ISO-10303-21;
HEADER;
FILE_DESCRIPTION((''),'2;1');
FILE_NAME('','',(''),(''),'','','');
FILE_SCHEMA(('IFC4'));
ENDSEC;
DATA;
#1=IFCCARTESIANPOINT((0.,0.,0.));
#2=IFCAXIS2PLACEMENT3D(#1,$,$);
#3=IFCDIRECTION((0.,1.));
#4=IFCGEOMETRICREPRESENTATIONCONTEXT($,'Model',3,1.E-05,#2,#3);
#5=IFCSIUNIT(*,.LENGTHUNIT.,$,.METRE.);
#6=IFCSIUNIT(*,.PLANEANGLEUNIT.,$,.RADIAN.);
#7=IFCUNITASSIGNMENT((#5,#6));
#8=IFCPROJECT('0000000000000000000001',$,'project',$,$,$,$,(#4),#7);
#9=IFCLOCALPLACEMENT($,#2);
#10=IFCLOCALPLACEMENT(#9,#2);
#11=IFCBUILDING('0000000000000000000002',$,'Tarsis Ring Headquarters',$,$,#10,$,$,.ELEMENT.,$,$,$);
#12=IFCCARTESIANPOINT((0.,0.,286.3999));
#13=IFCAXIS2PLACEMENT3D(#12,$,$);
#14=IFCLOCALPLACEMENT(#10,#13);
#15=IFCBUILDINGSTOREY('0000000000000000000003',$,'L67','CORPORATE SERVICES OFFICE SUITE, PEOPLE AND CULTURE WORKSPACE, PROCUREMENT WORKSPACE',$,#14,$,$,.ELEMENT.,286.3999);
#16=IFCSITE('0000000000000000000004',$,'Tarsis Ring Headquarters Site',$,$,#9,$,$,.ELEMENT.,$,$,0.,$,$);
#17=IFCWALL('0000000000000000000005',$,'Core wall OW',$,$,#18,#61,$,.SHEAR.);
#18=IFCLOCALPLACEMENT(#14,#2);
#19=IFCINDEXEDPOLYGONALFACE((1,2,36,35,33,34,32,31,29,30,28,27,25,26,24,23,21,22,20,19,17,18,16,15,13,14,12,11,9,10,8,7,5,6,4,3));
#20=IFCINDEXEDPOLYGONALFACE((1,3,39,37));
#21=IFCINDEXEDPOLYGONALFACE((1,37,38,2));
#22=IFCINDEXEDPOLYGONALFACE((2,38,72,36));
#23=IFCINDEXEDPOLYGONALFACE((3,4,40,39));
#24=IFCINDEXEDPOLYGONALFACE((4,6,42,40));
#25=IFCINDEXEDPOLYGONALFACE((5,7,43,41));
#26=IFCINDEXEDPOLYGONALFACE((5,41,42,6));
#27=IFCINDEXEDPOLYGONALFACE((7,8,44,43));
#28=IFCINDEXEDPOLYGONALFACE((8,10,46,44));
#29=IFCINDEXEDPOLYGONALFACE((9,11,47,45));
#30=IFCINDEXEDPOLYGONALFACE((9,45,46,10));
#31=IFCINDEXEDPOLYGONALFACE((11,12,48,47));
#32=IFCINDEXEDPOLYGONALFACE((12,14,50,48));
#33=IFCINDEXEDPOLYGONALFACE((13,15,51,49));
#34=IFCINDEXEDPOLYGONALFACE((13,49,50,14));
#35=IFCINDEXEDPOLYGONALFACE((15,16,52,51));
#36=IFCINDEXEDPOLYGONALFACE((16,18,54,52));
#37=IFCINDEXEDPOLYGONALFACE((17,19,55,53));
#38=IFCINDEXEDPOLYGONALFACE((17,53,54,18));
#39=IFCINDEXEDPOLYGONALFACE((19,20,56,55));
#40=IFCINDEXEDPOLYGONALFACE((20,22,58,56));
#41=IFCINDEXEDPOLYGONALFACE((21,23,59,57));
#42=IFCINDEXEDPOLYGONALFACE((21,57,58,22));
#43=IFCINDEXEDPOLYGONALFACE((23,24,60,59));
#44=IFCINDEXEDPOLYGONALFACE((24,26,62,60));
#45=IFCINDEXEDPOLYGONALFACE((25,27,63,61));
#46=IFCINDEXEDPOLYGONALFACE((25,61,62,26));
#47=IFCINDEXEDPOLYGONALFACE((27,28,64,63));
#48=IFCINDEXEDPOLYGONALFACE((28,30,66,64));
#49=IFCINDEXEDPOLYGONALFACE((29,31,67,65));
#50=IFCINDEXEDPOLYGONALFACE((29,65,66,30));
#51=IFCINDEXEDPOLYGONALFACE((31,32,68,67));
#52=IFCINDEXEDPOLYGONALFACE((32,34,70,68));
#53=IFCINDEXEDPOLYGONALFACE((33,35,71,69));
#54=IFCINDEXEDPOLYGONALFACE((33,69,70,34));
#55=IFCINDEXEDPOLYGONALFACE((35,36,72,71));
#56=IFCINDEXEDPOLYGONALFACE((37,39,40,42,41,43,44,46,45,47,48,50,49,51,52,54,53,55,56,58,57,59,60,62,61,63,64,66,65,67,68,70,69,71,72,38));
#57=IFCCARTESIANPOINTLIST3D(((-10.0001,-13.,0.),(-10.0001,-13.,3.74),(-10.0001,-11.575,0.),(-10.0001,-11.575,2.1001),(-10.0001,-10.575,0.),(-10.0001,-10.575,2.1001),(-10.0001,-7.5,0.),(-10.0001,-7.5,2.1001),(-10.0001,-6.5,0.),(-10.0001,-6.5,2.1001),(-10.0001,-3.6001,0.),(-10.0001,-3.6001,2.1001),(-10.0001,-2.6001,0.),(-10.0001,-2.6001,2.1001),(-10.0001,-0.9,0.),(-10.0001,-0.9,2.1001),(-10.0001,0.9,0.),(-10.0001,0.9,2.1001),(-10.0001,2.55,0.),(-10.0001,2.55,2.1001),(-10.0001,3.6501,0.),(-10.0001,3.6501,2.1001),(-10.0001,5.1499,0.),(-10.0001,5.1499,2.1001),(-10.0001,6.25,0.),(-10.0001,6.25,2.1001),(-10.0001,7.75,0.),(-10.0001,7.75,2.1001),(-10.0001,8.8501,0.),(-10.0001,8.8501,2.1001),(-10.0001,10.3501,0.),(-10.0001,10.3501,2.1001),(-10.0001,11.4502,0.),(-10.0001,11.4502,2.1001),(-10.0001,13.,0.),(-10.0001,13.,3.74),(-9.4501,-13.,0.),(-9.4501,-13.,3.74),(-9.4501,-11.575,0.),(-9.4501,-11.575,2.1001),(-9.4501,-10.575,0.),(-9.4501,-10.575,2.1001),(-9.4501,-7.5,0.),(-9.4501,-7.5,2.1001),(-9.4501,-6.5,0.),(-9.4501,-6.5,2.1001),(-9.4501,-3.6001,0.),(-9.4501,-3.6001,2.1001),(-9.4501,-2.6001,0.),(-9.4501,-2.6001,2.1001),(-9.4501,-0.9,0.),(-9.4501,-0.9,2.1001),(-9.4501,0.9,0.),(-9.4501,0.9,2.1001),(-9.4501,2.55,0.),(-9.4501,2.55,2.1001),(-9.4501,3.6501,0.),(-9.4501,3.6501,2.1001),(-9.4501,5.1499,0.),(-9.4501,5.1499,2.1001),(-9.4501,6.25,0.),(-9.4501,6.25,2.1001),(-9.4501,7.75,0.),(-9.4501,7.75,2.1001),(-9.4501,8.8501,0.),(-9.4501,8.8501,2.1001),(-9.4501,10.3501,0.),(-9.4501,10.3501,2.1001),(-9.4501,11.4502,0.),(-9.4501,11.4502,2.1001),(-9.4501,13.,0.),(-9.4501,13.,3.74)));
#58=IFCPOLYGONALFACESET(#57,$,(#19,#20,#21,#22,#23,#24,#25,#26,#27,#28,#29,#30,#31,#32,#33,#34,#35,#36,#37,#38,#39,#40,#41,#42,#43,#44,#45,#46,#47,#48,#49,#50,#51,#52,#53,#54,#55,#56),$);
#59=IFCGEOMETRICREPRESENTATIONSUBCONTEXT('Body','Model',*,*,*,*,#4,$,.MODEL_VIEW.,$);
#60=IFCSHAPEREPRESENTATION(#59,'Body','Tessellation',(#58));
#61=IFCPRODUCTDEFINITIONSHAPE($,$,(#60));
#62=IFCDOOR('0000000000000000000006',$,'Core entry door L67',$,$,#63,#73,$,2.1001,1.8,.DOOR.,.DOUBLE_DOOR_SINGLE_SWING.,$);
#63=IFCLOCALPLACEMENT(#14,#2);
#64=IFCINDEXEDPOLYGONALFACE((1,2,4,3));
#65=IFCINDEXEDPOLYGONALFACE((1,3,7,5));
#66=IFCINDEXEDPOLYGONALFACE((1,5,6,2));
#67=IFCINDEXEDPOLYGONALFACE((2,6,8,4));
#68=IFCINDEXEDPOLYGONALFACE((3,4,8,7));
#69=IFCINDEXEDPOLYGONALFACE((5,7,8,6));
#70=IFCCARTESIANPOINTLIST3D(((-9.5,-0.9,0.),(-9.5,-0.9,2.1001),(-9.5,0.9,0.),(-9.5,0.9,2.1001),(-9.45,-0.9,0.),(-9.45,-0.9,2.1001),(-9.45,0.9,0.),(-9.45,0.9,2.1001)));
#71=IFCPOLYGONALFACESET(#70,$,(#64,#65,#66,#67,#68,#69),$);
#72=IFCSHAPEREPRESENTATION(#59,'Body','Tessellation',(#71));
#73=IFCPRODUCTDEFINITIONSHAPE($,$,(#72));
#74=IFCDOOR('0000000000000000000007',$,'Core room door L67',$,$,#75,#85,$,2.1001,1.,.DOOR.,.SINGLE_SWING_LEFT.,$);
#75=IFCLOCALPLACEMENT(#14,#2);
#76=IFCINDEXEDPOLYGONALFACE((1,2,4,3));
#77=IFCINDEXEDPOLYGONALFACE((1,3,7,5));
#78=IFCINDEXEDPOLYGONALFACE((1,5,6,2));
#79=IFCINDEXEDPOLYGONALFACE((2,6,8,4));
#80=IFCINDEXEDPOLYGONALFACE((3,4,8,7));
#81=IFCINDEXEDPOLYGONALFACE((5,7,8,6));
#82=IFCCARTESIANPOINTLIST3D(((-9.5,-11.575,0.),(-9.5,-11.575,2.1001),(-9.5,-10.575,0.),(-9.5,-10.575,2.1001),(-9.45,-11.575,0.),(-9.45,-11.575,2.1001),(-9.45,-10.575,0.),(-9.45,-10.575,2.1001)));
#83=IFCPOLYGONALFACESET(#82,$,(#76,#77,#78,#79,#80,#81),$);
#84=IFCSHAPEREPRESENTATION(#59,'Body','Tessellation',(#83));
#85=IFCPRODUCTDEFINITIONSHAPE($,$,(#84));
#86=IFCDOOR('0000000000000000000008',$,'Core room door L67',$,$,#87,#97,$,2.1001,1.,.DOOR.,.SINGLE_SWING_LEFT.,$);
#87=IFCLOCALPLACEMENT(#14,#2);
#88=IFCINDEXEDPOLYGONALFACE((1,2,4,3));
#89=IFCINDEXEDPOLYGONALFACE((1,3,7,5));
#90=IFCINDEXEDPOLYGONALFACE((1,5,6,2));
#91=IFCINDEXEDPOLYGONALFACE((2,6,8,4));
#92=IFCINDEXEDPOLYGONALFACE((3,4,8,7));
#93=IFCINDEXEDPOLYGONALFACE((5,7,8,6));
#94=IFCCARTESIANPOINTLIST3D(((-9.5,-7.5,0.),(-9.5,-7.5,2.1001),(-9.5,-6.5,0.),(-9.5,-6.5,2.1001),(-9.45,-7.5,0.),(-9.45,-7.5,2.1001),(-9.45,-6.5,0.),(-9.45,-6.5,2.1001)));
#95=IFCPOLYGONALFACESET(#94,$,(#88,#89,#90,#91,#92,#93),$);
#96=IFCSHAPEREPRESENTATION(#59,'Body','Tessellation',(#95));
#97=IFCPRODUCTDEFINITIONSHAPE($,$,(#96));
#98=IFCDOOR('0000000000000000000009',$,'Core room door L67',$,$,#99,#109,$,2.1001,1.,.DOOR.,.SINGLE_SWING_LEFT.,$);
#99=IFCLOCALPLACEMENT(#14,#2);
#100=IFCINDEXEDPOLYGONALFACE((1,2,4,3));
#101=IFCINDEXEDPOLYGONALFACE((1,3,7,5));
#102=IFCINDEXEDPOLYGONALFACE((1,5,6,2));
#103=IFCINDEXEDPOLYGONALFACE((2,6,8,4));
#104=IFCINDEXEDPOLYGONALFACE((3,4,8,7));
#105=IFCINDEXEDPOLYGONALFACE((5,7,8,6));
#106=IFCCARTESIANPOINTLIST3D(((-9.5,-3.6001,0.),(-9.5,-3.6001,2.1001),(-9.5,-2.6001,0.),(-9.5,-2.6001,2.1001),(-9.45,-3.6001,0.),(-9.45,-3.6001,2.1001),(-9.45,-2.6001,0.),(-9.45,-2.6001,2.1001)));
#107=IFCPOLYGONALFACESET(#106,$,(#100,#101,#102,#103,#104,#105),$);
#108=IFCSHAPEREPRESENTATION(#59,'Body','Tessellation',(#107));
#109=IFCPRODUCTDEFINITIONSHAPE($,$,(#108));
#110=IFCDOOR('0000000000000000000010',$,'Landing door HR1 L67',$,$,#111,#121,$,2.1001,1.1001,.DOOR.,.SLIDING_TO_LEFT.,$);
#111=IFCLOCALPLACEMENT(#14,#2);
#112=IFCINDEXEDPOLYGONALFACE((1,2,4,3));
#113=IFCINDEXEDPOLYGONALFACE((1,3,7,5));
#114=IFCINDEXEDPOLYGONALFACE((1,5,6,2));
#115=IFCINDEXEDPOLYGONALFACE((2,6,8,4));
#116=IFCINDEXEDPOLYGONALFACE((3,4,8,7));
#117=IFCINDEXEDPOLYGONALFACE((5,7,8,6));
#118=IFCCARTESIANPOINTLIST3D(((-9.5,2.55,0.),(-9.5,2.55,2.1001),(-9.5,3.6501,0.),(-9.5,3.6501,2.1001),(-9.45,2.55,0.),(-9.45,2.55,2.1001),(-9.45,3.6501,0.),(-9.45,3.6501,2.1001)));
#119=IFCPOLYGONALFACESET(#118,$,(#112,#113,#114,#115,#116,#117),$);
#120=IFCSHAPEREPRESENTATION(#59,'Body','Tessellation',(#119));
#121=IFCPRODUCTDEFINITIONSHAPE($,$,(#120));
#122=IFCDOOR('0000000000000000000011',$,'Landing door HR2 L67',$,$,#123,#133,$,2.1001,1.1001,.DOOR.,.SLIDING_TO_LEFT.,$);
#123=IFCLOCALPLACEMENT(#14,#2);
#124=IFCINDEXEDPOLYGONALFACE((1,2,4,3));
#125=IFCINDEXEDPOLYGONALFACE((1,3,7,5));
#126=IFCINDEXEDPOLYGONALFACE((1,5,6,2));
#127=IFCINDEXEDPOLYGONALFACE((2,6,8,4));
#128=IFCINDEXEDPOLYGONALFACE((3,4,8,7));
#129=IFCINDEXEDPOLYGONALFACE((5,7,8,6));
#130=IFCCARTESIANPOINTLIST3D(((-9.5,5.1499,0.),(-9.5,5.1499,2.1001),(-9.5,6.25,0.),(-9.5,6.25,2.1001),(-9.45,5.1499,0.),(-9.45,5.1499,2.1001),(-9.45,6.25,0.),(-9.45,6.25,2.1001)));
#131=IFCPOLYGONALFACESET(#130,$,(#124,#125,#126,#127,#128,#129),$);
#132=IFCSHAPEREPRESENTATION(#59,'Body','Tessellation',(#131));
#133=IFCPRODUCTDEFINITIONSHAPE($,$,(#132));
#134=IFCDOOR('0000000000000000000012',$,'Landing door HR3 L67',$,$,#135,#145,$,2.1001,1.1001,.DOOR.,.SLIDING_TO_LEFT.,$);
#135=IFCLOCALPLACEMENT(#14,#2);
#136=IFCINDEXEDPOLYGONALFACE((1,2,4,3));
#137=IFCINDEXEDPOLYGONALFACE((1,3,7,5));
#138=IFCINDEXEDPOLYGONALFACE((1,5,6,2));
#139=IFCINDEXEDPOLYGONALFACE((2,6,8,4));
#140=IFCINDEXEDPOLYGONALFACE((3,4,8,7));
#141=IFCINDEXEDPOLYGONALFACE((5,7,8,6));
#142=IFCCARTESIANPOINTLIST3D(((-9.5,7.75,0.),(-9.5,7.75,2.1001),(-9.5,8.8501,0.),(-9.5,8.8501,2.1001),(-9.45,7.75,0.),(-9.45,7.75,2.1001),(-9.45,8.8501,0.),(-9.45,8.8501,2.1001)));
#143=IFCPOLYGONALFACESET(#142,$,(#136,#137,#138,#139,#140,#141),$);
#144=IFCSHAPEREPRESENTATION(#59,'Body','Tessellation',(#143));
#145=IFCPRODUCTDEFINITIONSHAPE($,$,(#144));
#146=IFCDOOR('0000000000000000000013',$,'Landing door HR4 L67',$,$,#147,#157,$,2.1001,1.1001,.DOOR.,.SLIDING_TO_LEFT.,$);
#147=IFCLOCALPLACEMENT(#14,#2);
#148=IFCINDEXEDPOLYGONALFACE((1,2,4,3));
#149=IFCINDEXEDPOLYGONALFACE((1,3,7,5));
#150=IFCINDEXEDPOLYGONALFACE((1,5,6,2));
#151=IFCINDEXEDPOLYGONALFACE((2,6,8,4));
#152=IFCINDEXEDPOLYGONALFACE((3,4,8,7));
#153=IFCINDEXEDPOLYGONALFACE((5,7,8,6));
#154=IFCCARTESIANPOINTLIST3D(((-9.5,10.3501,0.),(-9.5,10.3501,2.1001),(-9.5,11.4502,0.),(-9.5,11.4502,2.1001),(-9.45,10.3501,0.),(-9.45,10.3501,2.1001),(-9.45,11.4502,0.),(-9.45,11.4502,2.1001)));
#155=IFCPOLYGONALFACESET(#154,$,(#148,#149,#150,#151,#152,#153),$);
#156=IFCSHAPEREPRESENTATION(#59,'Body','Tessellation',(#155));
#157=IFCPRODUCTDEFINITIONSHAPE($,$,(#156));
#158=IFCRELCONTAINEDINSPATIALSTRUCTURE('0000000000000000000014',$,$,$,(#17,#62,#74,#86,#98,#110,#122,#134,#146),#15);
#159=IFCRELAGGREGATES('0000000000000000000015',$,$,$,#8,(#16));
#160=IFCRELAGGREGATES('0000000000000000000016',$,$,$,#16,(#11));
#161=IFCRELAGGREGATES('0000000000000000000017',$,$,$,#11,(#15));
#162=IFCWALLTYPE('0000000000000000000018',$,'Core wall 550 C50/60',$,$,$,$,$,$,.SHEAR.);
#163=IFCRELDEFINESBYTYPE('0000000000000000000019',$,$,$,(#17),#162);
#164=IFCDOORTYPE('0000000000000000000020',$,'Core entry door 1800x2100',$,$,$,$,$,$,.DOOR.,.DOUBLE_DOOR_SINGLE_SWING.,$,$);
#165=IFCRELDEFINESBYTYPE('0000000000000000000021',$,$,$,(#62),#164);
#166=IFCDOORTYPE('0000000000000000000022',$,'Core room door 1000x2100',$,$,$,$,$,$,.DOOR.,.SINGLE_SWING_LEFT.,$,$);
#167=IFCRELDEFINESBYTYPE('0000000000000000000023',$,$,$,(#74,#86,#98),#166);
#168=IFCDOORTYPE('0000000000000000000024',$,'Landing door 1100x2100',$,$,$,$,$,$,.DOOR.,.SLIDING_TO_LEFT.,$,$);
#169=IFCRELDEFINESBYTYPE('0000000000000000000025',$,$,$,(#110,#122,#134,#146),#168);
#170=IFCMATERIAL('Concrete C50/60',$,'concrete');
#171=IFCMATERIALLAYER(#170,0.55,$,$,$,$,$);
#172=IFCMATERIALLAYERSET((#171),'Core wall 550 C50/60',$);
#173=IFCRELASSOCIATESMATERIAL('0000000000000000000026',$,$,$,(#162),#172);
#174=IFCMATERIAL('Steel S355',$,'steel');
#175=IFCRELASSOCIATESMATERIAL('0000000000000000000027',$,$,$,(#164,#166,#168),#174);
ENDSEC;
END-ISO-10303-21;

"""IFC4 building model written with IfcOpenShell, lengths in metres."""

from ifc_helpers import new_model, si_unit, direction, frame, frame_2d, origin, place, context, subcontext, project, spatial, rectangle, extrude, material, layer, layer_set, type_object, element, fill, save


model = new_model("IFC4")

# Units and contexts
model_context = context("Model", 3, precision=1e-05, world=origin(), true_north=direction((0.0, 1.0)))
body_context = subcontext(model_context, "Body", "Model", "MODEL_VIEW")
ifc_project = project(units=[si_unit("LENGTHUNIT", "METRE"), si_unit("PLANEANGLEUNIT", "RADIAN")], contexts=[model_context])

# Site, building, storey
site_placement = place(None, origin())
site = spatial("IfcSite", under=ifc_project, at=site_placement, Name="Tarsis Ring Headquarters Site", CompositionType="ELEMENT", RefElevation=0.0)
building_placement = place(site_placement, origin())
building = spatial("IfcBuilding", under=site, at=building_placement, Name="Tarsis Ring Headquarters", CompositionType="ELEMENT")
storey_placement = place(building_placement, frame((0.0, 0.0, 286.3999)))
storey = spatial("IfcBuildingStorey", under=building, at=storey_placement, Name="L67", Description="CORPORATE SERVICES OFFICE SUITE, PEOPLE AND CULTURE WORKSPACE, PROCUREMENT WORKSPACE", CompositionType="ELEMENT", Elevation=286.3999)

# Wall, openings, doors
ifc_material_1 = material(Name="Concrete C50/60", Category="concrete")
ifc_layer_1 = layer(ifc_material_1, 0.55)
ifc_layer_set_1 = layer_set([ifc_layer_1], Name="Core wall 550 C50/60")
wall_type_1 = type_object("IfcWallType", Name="Core wall 550 C50/60", PredefinedType="SHEAR", material=ifc_layer_set_1)
wall_1_placement = place(storey_placement, frame((-9.7251, -13.0, 0.0), z_axis=(0.0, 0.0, 1.0), x_axis=(0.0, 1.0, 0.0)))
wall_1 = element("IfcWall", 1, at=wall_1_placement, inside=storey, type_object=wall_type_1, Name="Core wall OW", PredefinedType="SHEAR", context=body_context, shape_type="SweptSolid", body=[
    extrude(rectangle(XDim=26.0, YDim=0.55, at=frame_2d((13.0, 0.0))), origin(), (0.0, 0.0, 1.0), 3.74),
])
opening_1_placement = place(wall_1_placement, frame((1.425, 0.0, 0.0)))
opening_1 = element("IfcOpeningElement", 2, at=opening_1_placement, cuts=wall_1, PredefinedType="OPENING", context=body_context, shape_type="SweptSolid", body=[
    extrude(rectangle(XDim=1.0, YDim=2.1001, at=frame_2d((0.5, 1.05))), frame((0.0, 0.2849, 0.0), z_axis=(0.0, -1.0, 0.0), x_axis=(1.0, 0.0, 0.0)), (0.0, 0.0, 1.0), 0.5701),
])
opening_2_placement = place(wall_1_placement, frame((5.5, 0.0, 0.0)))
opening_2 = element("IfcOpeningElement", 3, at=opening_2_placement, cuts=wall_1, PredefinedType="OPENING", context=body_context, shape_type="SweptSolid", body=[
    extrude(rectangle(XDim=1.0, YDim=2.1001, at=frame_2d((0.5, 1.05))), frame((0.0, 0.2849, 0.0), z_axis=(0.0, -1.0, 0.0), x_axis=(1.0, 0.0, 0.0)), (0.0, 0.0, 1.0), 0.5701),
])
opening_3_placement = place(wall_1_placement, frame((9.3999, 0.0, 0.0)))
opening_3 = element("IfcOpeningElement", 4, at=opening_3_placement, cuts=wall_1, PredefinedType="OPENING", context=body_context, shape_type="SweptSolid", body=[
    extrude(rectangle(XDim=1.0, YDim=2.1001, at=frame_2d((0.5, 1.05))), frame((0.0, 0.2849, 0.0), z_axis=(0.0, -1.0, 0.0), x_axis=(1.0, 0.0, 0.0)), (0.0, 0.0, 1.0), 0.5701),
])
opening_4_placement = place(wall_1_placement, frame((12.1001, 0.0, 0.0)))
opening_4 = element("IfcOpeningElement", 5, at=opening_4_placement, cuts=wall_1, PredefinedType="OPENING", context=body_context, shape_type="SweptSolid", body=[
    extrude(rectangle(XDim=1.8, YDim=2.1001, at=frame_2d((0.8999, 1.05))), frame((0.0, 0.2849, 0.0), z_axis=(0.0, -1.0, 0.0), x_axis=(1.0, 0.0, 0.0)), (0.0, 0.0, 1.0), 0.5701),
])
opening_5_placement = place(wall_1_placement, frame((15.55, 0.0, 0.0)))
opening_5 = element("IfcOpeningElement", 6, at=opening_5_placement, cuts=wall_1, PredefinedType="OPENING", context=body_context, shape_type="SweptSolid", body=[
    extrude(rectangle(XDim=1.1001, YDim=2.1001, at=frame_2d((0.55, 1.05))), frame((0.0, 0.2849, 0.0), z_axis=(0.0, -1.0, 0.0), x_axis=(1.0, 0.0, 0.0)), (0.0, 0.0, 1.0), 0.5701),
])
opening_6_placement = place(wall_1_placement, frame((18.1499, 0.0, 0.0)))
opening_6 = element("IfcOpeningElement", 7, at=opening_6_placement, cuts=wall_1, PredefinedType="OPENING", context=body_context, shape_type="SweptSolid", body=[
    extrude(rectangle(XDim=1.1001, YDim=2.1001, at=frame_2d((0.55, 1.05))), frame((0.0, 0.2849, 0.0), z_axis=(0.0, -1.0, 0.0), x_axis=(1.0, 0.0, 0.0)), (0.0, 0.0, 1.0), 0.5701),
])
opening_7_placement = place(wall_1_placement, frame((20.75, 0.0, 0.0)))
opening_7 = element("IfcOpeningElement", 8, at=opening_7_placement, cuts=wall_1, PredefinedType="OPENING", context=body_context, shape_type="SweptSolid", body=[
    extrude(rectangle(XDim=1.1001, YDim=2.1001, at=frame_2d((0.55, 1.05))), frame((0.0, 0.2849, 0.0), z_axis=(0.0, -1.0, 0.0), x_axis=(1.0, 0.0, 0.0)), (0.0, 0.0, 1.0), 0.5701),
])
opening_8_placement = place(wall_1_placement, frame((23.3501, 0.0, 0.0)))
opening_8 = element("IfcOpeningElement", 9, at=opening_8_placement, cuts=wall_1, PredefinedType="OPENING", context=body_context, shape_type="SweptSolid", body=[
    extrude(rectangle(XDim=1.1001, YDim=2.1001, at=frame_2d((0.55, 1.05))), frame((0.0, 0.2849, 0.0), z_axis=(0.0, -1.0, 0.0), x_axis=(1.0, 0.0, 0.0)), (0.0, 0.0, 1.0), 0.5701),
])
ifc_material_2 = material(Name="Steel S355", Category="steel")
door_type_1 = type_object("IfcDoorType", Name="Core entry door 1800x2100", OperationType="DOUBLE_DOOR_SINGLE_SWING", PredefinedType="DOOR", material=ifc_material_2)
door_1_placement = place(opening_4_placement, origin())
door_1 = element("IfcDoor", 10, at=door_1_placement, inside=storey, type_object=door_type_1, Name="Core entry door L67", OperationType="DOUBLE_DOOR_SINGLE_SWING", OverallHeight=2.1001, OverallWidth=1.8, PredefinedType="DOOR", context=body_context, shape_type="SweptSolid", body=[
    extrude(rectangle(XDim=1.8, YDim=2.1001, at=frame_2d((0.8999, 1.05))), frame((0.0, -0.2251, 0.0), z_axis=(0.0, -1.0, 0.0), x_axis=(1.0, 0.0, 0.0)), (0.0, 0.0, 1.0), 0.05),
])
fill(opening_4, door_1)
door_type_2 = type_object("IfcDoorType", Name="Core room door 1000x2100", OperationType="SINGLE_SWING_LEFT", PredefinedType="DOOR", material=ifc_material_2)
door_2_placement = place(opening_1_placement, origin())
door_2 = element("IfcDoor", 11, at=door_2_placement, inside=storey, type_object=door_type_2, Name="Core room door L67", OperationType="SINGLE_SWING_LEFT", OverallHeight=2.1001, OverallWidth=1.0, PredefinedType="DOOR", context=body_context, shape_type="SweptSolid", body=[
    extrude(rectangle(XDim=1.0, YDim=2.1001, at=frame_2d((0.5, 1.05))), frame((0.0, -0.2251, 0.0), z_axis=(0.0, -1.0, 0.0), x_axis=(1.0, 0.0, 0.0)), (0.0, 0.0, 1.0), 0.05),
])
fill(opening_1, door_2)
door_3_placement = place(opening_2_placement, origin())
door_3 = element("IfcDoor", 12, at=door_3_placement, inside=storey, type_object=door_type_2, Name="Core room door L67", OperationType="SINGLE_SWING_LEFT", OverallHeight=2.1001, OverallWidth=1.0, PredefinedType="DOOR", context=body_context, shape_type="SweptSolid", body=[
    extrude(rectangle(XDim=1.0, YDim=2.1001, at=frame_2d((0.5, 1.05))), frame((0.0, -0.2251, 0.0), z_axis=(0.0, -1.0, 0.0), x_axis=(1.0, 0.0, 0.0)), (0.0, 0.0, 1.0), 0.05),
])
fill(opening_2, door_3)
door_4_placement = place(opening_3_placement, origin())
door_4 = element("IfcDoor", 13, at=door_4_placement, inside=storey, type_object=door_type_2, Name="Core room door L67", OperationType="SINGLE_SWING_LEFT", OverallHeight=2.1001, OverallWidth=1.0, PredefinedType="DOOR", context=body_context, shape_type="SweptSolid", body=[
    extrude(rectangle(XDim=1.0, YDim=2.1001, at=frame_2d((0.5, 1.05))), frame((0.0, -0.2251, 0.0), z_axis=(0.0, -1.0, 0.0), x_axis=(1.0, 0.0, 0.0)), (0.0, 0.0, 1.0), 0.05),
])
fill(opening_3, door_4)
door_type_3 = type_object("IfcDoorType", Name="Landing door 1100x2100", OperationType="SLIDING_TO_LEFT", PredefinedType="DOOR", material=ifc_material_2)
door_5_placement = place(opening_5_placement, origin())
door_5 = element("IfcDoor", 14, at=door_5_placement, inside=storey, type_object=door_type_3, Name="Landing door HR1 L67", OperationType="SLIDING_TO_LEFT", OverallHeight=2.1001, OverallWidth=1.1001, PredefinedType="DOOR", context=body_context, shape_type="SweptSolid", body=[
    extrude(rectangle(XDim=1.1001, YDim=2.1001, at=frame_2d((0.55, 1.05))), frame((0.0, -0.2251, 0.0), z_axis=(0.0, -1.0, 0.0), x_axis=(1.0, 0.0, 0.0)), (0.0, 0.0, 1.0), 0.05),
])
fill(opening_5, door_5)
door_6_placement = place(opening_6_placement, origin())
door_6 = element("IfcDoor", 15, at=door_6_placement, inside=storey, type_object=door_type_3, Name="Landing door HR2 L67", OperationType="SLIDING_TO_LEFT", OverallHeight=2.1001, OverallWidth=1.1001, PredefinedType="DOOR", context=body_context, shape_type="SweptSolid", body=[
    extrude(rectangle(XDim=1.1001, YDim=2.1001, at=frame_2d((0.55, 1.05))), frame((0.0, -0.2251, 0.0), z_axis=(0.0, -1.0, 0.0), x_axis=(1.0, 0.0, 0.0)), (0.0, 0.0, 1.0), 0.05),
])
fill(opening_6, door_6)
door_7_placement = place(opening_7_placement, origin())
door_7 = element("IfcDoor", 16, at=door_7_placement, inside=storey, type_object=door_type_3, Name="Landing door HR3 L67", OperationType="SLIDING_TO_LEFT", OverallHeight=2.1001, OverallWidth=1.1001, PredefinedType="DOOR", context=body_context, shape_type="SweptSolid", body=[
    extrude(rectangle(XDim=1.1001, YDim=2.1001, at=frame_2d((0.55, 1.05))), frame((0.0, -0.2251, 0.0), z_axis=(0.0, -1.0, 0.0), x_axis=(1.0, 0.0, 0.0)), (0.0, 0.0, 1.0), 0.05),
])
fill(opening_7, door_7)
door_8_placement = place(opening_8_placement, origin())
door_8 = element("IfcDoor", 17, at=door_8_placement, inside=storey, type_object=door_type_3, Name="Landing door HR4 L67", OperationType="SLIDING_TO_LEFT", OverallHeight=2.1001, OverallWidth=1.1001, PredefinedType="DOOR", context=body_context, shape_type="SweptSolid", body=[
    extrude(rectangle(XDim=1.1001, YDim=2.1001, at=frame_2d((0.55, 1.05))), frame((0.0, -0.2251, 0.0), z_axis=(0.0, -1.0, 0.0), x_axis=(1.0, 0.0, 0.0)), (0.0, 0.0, 1.0), 0.05),
])
fill(opening_8, door_8)

save(model, "model.ifc")
